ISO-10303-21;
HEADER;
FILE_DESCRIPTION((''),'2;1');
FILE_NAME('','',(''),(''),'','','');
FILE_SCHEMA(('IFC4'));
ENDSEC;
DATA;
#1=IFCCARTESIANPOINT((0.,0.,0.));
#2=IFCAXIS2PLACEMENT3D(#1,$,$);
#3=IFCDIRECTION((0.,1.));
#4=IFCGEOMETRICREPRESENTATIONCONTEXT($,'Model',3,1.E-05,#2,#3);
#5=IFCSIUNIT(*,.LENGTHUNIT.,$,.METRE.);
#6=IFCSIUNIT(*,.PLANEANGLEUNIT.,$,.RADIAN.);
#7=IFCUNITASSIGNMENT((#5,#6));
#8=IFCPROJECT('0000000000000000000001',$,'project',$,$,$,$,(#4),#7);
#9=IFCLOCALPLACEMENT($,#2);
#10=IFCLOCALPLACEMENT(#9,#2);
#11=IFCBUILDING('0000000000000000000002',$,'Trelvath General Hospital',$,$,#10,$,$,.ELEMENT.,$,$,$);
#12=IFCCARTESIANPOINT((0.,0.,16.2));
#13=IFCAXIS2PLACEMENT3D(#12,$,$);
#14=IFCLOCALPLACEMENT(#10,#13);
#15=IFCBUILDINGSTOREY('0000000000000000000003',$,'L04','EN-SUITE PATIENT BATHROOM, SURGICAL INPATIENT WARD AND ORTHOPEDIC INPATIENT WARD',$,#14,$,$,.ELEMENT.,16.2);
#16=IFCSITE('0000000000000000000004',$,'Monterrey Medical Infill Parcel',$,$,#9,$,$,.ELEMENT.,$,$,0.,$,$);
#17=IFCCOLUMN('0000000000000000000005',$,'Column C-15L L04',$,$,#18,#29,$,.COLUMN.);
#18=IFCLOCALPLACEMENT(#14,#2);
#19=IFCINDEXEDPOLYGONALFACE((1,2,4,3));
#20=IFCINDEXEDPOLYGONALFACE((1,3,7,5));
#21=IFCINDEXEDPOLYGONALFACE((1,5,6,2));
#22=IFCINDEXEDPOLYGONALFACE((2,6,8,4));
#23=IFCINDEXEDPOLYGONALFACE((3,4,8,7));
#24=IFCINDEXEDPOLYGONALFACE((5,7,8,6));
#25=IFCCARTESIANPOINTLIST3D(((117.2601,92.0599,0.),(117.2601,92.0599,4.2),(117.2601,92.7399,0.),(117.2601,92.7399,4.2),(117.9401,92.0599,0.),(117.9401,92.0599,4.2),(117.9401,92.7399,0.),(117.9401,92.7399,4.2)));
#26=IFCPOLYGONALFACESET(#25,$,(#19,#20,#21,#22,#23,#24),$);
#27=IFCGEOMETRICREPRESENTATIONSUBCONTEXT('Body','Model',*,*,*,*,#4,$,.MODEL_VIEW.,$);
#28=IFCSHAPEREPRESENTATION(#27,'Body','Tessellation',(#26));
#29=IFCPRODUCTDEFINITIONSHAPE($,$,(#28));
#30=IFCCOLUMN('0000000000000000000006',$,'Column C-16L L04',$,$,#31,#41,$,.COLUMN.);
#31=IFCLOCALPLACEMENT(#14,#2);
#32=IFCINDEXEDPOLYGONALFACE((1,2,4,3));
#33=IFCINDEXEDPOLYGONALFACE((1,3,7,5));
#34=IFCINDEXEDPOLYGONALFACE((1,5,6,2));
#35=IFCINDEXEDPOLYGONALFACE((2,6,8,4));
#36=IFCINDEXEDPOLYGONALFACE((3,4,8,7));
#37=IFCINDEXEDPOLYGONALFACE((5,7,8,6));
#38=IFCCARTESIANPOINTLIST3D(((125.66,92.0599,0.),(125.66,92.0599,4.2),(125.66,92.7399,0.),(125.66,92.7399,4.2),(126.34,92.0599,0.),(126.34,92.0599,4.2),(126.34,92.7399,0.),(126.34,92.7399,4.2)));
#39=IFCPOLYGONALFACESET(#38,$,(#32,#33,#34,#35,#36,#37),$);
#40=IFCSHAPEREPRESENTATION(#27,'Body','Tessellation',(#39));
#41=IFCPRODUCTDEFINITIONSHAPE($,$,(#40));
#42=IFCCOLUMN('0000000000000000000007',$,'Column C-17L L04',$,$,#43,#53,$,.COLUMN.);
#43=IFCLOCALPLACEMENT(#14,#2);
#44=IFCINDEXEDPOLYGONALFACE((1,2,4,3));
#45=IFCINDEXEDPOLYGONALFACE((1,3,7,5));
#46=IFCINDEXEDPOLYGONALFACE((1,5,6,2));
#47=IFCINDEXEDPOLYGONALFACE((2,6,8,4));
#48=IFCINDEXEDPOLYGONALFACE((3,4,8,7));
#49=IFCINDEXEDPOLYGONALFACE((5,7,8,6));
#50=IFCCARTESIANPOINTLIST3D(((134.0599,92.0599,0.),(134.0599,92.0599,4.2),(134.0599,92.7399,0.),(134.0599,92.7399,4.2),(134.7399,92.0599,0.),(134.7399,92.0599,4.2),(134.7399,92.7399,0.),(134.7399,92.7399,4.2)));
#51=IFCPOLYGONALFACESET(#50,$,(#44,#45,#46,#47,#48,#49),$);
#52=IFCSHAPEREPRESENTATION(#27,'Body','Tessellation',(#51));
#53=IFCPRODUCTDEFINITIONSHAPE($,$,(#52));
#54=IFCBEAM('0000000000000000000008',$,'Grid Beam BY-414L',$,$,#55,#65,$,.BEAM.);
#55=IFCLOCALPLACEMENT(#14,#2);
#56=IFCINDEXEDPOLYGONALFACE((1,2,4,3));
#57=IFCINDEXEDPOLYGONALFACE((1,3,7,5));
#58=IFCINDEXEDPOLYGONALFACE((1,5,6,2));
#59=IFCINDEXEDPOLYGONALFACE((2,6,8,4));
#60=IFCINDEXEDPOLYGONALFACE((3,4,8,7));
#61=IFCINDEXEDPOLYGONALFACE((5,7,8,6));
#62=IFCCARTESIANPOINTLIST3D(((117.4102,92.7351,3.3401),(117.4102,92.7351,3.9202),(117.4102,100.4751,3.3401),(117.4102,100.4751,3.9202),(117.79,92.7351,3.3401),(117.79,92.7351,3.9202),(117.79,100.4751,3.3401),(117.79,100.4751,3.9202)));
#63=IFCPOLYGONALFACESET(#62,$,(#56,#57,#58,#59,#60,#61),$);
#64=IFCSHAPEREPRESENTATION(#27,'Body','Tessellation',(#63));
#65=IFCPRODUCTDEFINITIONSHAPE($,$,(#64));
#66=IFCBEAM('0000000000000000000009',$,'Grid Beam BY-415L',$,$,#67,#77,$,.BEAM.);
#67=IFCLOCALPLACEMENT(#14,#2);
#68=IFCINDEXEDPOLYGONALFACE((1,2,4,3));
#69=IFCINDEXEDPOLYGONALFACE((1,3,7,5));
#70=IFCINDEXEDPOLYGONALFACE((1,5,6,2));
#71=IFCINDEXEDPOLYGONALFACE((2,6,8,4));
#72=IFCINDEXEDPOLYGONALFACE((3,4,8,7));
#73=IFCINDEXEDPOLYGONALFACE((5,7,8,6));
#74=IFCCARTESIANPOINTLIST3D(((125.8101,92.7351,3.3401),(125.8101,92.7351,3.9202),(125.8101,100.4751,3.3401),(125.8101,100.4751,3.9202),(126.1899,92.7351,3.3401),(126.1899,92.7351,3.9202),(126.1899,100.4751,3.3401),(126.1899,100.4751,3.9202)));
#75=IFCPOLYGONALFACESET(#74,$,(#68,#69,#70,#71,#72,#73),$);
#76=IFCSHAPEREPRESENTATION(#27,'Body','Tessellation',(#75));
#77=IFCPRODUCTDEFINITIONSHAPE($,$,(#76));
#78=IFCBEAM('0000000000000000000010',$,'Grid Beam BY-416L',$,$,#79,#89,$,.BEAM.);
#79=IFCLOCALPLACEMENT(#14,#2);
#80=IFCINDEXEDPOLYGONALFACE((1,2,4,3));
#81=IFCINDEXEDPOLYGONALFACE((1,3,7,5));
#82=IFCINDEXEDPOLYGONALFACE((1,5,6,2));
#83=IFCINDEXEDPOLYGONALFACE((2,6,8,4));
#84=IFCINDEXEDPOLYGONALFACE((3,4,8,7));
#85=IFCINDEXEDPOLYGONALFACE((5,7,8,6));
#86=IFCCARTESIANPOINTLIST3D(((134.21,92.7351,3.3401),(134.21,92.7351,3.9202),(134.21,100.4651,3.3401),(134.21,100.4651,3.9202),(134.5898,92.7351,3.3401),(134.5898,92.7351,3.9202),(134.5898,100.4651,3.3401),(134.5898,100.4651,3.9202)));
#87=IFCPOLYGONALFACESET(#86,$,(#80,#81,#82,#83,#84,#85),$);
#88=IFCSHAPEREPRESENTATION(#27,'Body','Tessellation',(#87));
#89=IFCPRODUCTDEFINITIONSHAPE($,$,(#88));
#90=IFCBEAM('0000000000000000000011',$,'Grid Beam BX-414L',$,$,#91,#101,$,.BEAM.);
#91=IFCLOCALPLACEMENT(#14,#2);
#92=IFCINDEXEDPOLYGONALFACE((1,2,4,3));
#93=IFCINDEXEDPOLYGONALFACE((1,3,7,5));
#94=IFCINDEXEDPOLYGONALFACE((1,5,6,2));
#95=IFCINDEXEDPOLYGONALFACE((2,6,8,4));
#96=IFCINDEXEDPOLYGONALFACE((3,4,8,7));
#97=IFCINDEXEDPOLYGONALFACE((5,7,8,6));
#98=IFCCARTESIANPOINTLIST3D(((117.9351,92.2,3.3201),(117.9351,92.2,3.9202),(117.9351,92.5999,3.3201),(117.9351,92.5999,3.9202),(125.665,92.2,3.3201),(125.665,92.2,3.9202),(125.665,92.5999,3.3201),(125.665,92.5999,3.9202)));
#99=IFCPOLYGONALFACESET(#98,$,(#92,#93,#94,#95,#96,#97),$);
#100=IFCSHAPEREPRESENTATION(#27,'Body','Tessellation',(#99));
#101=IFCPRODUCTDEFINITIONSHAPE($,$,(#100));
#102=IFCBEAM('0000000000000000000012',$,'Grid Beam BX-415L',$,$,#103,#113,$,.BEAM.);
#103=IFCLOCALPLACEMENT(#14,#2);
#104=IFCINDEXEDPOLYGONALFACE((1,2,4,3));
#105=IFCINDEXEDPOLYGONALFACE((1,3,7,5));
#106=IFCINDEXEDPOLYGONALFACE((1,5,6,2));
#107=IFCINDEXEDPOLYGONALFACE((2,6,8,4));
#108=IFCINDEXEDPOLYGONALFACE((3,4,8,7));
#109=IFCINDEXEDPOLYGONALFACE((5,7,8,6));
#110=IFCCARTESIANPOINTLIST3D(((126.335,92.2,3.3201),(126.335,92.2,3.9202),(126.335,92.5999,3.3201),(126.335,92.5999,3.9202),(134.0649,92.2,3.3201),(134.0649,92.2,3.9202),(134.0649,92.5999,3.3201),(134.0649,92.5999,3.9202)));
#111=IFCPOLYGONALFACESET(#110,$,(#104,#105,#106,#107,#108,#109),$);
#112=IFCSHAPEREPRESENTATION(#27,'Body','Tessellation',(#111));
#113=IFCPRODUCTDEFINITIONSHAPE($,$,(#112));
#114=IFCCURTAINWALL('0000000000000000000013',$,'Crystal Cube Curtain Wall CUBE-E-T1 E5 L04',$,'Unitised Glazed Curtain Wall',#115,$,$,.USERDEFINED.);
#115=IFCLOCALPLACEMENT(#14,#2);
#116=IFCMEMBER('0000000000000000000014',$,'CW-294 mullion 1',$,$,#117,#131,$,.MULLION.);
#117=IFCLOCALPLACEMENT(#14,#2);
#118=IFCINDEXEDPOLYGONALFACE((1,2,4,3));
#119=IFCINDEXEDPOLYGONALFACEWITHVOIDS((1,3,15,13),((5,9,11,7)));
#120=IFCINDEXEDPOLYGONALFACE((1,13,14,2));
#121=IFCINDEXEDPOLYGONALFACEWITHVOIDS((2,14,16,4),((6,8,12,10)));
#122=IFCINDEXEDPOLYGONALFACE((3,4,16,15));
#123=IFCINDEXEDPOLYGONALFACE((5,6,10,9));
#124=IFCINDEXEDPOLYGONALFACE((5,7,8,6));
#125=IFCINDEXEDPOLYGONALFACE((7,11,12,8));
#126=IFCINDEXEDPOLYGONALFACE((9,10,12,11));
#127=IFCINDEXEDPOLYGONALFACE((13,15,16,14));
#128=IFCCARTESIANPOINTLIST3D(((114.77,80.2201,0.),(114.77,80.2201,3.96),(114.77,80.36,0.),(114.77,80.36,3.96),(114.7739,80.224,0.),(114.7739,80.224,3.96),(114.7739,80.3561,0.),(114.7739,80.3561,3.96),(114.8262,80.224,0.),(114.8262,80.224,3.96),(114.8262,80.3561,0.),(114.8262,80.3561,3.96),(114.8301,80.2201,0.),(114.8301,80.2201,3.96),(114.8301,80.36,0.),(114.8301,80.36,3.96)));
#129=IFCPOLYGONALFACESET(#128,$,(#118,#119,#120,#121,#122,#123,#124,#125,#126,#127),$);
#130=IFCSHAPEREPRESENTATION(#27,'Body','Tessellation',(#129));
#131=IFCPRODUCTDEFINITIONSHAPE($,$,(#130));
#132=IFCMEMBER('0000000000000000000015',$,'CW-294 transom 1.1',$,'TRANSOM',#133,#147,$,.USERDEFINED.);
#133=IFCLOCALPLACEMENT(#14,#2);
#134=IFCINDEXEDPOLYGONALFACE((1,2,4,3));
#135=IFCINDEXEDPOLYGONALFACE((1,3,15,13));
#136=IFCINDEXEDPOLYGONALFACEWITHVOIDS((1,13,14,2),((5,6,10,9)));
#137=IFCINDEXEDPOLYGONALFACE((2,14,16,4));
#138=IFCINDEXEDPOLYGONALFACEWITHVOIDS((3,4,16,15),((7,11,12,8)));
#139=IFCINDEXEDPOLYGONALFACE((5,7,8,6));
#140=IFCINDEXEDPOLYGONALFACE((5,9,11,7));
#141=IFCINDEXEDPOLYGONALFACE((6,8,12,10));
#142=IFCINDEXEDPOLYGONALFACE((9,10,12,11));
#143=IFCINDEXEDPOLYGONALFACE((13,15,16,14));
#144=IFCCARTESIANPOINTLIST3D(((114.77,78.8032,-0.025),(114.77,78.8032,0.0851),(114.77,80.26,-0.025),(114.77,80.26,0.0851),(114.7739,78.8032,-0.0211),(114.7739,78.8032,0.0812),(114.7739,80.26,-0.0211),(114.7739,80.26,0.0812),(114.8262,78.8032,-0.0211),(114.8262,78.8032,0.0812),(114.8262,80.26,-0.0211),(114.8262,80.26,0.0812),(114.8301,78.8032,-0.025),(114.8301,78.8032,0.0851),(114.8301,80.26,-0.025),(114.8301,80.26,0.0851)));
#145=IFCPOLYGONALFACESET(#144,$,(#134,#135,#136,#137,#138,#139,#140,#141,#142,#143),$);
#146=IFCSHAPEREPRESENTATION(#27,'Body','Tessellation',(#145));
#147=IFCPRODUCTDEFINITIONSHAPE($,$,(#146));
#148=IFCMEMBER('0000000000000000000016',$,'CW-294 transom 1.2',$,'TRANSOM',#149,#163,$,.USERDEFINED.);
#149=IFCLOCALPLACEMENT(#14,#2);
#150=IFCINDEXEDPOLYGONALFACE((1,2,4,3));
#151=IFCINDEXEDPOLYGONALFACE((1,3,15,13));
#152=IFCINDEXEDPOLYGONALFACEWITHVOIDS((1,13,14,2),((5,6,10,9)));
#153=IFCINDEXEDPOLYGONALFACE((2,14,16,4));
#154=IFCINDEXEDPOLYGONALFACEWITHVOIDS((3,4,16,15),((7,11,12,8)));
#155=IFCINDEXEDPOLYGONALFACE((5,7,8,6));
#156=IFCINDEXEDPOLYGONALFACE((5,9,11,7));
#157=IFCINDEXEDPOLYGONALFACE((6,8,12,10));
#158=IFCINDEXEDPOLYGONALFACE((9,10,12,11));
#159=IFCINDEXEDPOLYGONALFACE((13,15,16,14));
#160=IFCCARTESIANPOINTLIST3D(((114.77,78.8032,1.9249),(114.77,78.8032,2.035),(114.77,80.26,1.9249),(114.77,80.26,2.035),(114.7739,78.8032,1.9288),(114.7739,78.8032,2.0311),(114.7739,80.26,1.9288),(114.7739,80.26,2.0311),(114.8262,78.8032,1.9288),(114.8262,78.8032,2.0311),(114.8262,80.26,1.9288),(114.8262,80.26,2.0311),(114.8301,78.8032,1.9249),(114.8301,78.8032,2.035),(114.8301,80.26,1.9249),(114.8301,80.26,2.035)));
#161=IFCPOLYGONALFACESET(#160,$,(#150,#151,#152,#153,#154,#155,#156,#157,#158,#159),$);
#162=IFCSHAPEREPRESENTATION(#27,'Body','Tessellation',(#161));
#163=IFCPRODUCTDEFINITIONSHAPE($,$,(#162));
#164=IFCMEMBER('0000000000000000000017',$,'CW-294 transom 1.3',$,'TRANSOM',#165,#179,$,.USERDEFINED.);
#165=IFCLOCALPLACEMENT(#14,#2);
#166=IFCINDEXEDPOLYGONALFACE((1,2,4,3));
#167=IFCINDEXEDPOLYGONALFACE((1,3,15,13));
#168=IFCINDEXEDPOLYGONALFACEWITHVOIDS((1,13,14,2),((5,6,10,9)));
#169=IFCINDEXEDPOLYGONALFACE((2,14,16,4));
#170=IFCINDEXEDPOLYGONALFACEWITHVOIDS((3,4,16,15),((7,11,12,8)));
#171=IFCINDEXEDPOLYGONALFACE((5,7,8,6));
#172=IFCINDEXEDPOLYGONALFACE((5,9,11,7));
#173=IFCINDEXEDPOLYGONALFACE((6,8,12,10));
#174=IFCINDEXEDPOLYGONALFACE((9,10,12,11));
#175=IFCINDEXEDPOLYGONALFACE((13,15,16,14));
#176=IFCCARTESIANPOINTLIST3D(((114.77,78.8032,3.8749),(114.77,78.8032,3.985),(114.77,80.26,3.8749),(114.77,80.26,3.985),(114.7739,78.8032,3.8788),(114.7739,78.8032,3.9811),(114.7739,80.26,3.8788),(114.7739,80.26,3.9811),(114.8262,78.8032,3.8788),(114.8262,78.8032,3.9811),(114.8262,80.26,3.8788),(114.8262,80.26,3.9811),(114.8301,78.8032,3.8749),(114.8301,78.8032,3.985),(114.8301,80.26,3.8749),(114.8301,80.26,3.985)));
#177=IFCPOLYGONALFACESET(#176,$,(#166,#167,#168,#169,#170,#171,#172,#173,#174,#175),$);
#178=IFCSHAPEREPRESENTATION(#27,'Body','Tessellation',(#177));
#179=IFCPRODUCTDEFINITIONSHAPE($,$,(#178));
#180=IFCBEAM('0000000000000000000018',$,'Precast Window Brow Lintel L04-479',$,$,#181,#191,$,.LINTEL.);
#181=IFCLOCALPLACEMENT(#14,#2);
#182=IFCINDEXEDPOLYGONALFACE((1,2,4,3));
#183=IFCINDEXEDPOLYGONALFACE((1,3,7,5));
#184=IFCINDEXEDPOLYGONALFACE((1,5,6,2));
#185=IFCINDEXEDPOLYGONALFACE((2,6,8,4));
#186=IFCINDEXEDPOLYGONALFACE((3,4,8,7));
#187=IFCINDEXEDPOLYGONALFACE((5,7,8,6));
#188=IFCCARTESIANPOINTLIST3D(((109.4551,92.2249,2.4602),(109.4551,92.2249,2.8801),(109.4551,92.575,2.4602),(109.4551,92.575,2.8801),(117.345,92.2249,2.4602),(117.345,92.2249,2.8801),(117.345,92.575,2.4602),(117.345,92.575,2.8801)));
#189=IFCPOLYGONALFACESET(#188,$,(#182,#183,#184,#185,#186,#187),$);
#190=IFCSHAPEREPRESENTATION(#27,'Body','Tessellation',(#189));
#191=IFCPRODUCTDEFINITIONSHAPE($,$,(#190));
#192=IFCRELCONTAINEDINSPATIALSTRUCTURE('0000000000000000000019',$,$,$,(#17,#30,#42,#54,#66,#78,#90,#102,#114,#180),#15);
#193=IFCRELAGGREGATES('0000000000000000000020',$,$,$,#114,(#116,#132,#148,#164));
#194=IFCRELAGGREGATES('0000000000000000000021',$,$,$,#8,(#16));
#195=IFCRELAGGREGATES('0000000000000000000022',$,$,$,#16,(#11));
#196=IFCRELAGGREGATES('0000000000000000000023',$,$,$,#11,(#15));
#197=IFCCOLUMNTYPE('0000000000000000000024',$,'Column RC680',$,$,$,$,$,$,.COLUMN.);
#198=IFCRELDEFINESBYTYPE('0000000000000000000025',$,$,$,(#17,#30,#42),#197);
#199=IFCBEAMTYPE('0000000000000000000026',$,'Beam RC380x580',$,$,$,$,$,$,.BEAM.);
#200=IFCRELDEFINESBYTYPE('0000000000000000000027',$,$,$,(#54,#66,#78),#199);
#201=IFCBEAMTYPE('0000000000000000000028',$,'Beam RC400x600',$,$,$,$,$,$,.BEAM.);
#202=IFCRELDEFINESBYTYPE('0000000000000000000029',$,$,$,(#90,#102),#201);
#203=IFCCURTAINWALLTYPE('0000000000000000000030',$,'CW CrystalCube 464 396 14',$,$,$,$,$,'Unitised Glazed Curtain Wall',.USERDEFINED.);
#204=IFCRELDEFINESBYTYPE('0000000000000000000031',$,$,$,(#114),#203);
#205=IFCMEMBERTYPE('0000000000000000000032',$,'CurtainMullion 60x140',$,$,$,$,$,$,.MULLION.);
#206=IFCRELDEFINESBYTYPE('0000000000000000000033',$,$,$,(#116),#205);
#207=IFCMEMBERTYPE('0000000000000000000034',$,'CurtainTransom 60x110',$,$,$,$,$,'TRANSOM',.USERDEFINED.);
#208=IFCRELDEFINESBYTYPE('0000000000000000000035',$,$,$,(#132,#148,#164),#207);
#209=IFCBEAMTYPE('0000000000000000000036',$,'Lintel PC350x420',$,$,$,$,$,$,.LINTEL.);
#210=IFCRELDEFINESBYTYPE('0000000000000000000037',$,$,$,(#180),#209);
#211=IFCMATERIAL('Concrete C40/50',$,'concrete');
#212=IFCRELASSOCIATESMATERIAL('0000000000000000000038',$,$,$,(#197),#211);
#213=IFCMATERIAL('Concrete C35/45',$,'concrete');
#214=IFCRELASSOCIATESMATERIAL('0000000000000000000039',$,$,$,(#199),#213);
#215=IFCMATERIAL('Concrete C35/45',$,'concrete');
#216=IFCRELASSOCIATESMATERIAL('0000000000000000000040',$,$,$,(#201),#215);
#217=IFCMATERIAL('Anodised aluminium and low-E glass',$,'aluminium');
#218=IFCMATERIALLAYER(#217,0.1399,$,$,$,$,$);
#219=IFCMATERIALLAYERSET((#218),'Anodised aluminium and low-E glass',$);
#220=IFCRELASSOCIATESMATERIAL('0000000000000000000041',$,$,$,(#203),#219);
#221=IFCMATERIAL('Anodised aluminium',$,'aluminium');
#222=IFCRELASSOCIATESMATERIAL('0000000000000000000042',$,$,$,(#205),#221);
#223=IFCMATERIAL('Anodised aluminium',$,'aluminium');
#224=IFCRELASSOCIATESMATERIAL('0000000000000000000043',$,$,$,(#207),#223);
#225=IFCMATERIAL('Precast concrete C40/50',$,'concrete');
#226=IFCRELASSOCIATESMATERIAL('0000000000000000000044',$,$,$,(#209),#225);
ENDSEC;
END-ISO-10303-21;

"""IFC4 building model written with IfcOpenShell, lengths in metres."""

from ifc_helpers import new_model, si_unit, direction, frame, origin, origin_2d, place, context, subcontext, project, spatial, rectangle, hollow_rectangle, extrude, material, layer, layer_set, material_profile, profile_set, type_object, element, aggregate, save


model = new_model("IFC4")

# Units and contexts
model_context = context("Model", 3, precision=1e-05, world=origin(), true_north=direction((0.0, 1.0)))
body_context = subcontext(model_context, "Body", "Model", "MODEL_VIEW")
ifc_project = project(units=[si_unit("LENGTHUNIT", "METRE"), si_unit("PLANEANGLEUNIT", "RADIAN")], contexts=[model_context])

# Site, building, storey
site_placement = place(None, origin())
site = spatial("IfcSite", under=ifc_project, at=site_placement, Name="Monterrey Medical Infill Parcel", CompositionType="ELEMENT", RefElevation=0.0)
building_placement = place(site_placement, origin())
building = spatial("IfcBuilding", under=site, at=building_placement, Name="Trelvath General Hospital", CompositionType="ELEMENT")
storey_placement = place(building_placement, frame((0.0, 0.0, 16.2)))
storey = spatial("IfcBuildingStorey", under=building, at=storey_placement, Name="L04", Description="EN-SUITE PATIENT BATHROOM, SURGICAL INPATIENT WARD AND ORTHOPEDIC INPATIENT WARD", CompositionType="ELEMENT", Elevation=16.2)

# Columns
ifc_material_1 = material(Name="Concrete C40/50", Category="concrete")
ifc_material_profile_1 = material_profile(ifc_material_1, rectangle(XDim=0.6799, YDim=0.6799, at=origin_2d()), Name="RC680x680")
ifc_profile_set_1 = profile_set([ifc_material_profile_1], Name="Concrete C40/50")
column_type = type_object("IfcColumnType", Name="Column RC680", PredefinedType="COLUMN", material=ifc_profile_set_1)
for number, where, z_axis, x_axis, name in (
    (1, (117.6001, 92.3999, 0.0), (0.0, 0.0, 1.0), (1.0, 0.0, 0.0), "Column C-15L L04"),
    (2, (126.0, 92.3999, 0.0), (0.0, 0.0, 1.0), (1.0, 0.0, 0.0), "Column C-16L L04"),
    (3, (134.3999, 92.3999, 0.0), (0.0, 0.0, 1.0), (1.0, 0.0, 0.0), "Column C-17L L04"),
):
    element("IfcColumn", number, at=place(storey_placement, frame(where, z_axis=z_axis, x_axis=x_axis)), inside=storey, type_object=column_type, Name=name, PredefinedType="COLUMN", context=body_context, shape_type="SweptSolid", body=[
        extrude(rectangle(XDim=0.6799, YDim=0.6799, at=origin_2d()), origin(), (0.0, 0.0, 1.0), 4.2),
    ])

# Beams
ifc_material_2 = material(Name="Concrete C35/45", Category="concrete")
ifc_material_profile_2 = material_profile(ifc_material_2, rectangle(XDim=0.3799, YDim=0.5801, at=origin_2d()), Name="RCB380x580")
ifc_profile_set_2 = profile_set([ifc_material_profile_2], Name="Concrete C35/45")
beam_type_1 = type_object("IfcBeamType", Name="Beam RC380x580", PredefinedType="BEAM", material=ifc_profile_set_2)
for number, where, z_axis, x_axis, name in (
    (4, (117.6001, 92.7351, 3.6301), (0.0, 1.0, 0.0), (-1.0, 0.0, 0.0), "Grid Beam BY-414L"),
    (5, (126.0, 92.7351, 3.6301), (0.0, 1.0, 0.0), (-1.0, 0.0, 0.0), "Grid Beam BY-415L"),
):
    element("IfcBeam", number, at=place(storey_placement, frame(where, z_axis=z_axis, x_axis=x_axis)), inside=storey, type_object=beam_type_1, Name=name, PredefinedType="BEAM", context=body_context, shape_type="SweptSolid", body=[
        extrude(rectangle(XDim=0.3799, YDim=0.5801, at=origin_2d()), origin(), (0.0, 0.0, 1.0), 7.74),
    ])
beam_1_placement = place(storey_placement, frame((134.3999, 92.7351, 3.6301), z_axis=(0.0, 1.0, 0.0), x_axis=(-1.0, 0.0, 0.0)))
element("IfcBeam", 6, at=beam_1_placement, inside=storey, type_object=beam_type_1, Name="Grid Beam BY-416L", PredefinedType="BEAM", context=body_context, shape_type="SweptSolid", body=[
    extrude(rectangle(XDim=0.3799, YDim=0.5801, at=origin_2d()), origin(), (0.0, 0.0, 1.0), 7.73),
])
ifc_material_3 = material(Name="Concrete C35/45", Category="concrete")
ifc_material_profile_3 = material_profile(ifc_material_3, rectangle(XDim=0.3999, YDim=0.6001, at=origin_2d()), Name="RCB400x600")
ifc_profile_set_3 = profile_set([ifc_material_profile_3], Name="Concrete C35/45")
beam_type_2 = type_object("IfcBeamType", Name="Beam RC400x600", PredefinedType="BEAM", material=ifc_profile_set_3)
for number, where, z_axis, x_axis, name in (
    (7, (117.9351, 92.3999, 3.6201), (1.0, 0.0, 0.0), (0.0, 1.0, 0.0), "Grid Beam BX-414L"),
    (8, (126.335, 92.3999, 3.6201), (1.0, 0.0, 0.0), (0.0, 1.0, 0.0), "Grid Beam BX-415L"),
):
    element("IfcBeam", number, at=place(storey_placement, frame(where, z_axis=z_axis, x_axis=x_axis)), inside=storey, type_object=beam_type_2, Name=name, PredefinedType="BEAM", context=body_context, shape_type="SweptSolid", body=[
        extrude(rectangle(XDim=0.3999, YDim=0.6001, at=origin_2d()), origin(), (0.0, 0.0, 1.0), 7.73),
    ])

# Curtain wall, members
ifc_material_4 = material(Name="Anodised aluminium and low-E glass", Category="aluminium")
ifc_layer_1 = layer(ifc_material_4, 0.1399)
ifc_layer_set_1 = layer_set([ifc_layer_1], Name="Anodised aluminium and low-E glass")
curtain_wall_type = type_object("IfcCurtainWallType", Name="CW CrystalCube 464 396 14", ElementType="Unitised Glazed Curtain Wall", PredefinedType="USERDEFINED", material=ifc_layer_set_1)
curtain_wall_placement = place(storey_placement, origin())
curtain_wall = element("IfcCurtainWall", 9, at=curtain_wall_placement, inside=storey, type_object=curtain_wall_type, Name="Crystal Cube Curtain Wall CUBE-E-T1 E5 L04", ObjectType="Unitised Glazed Curtain Wall", PredefinedType="USERDEFINED")
ifc_material_5 = material(Name="Anodised aluminium", Category="aluminium")
ifc_material_profile_4 = material_profile(ifc_material_5, hollow_rectangle(XDim=0.0601, YDim=0.1399, WallThickness=0.0039, at=origin_2d()), Name="RHS60x140x4")
ifc_profile_set_4 = profile_set([ifc_material_profile_4], Name="Anodised aluminium")
member_type_1 = type_object("IfcMemberType", Name="CurtainMullion 60x140", PredefinedType="MULLION", material=ifc_profile_set_4)
member_1_placement = place(storey_placement, frame((114.8, 80.29, 0.0), z_axis=(0.0, 0.0, 1.0), x_axis=(1.0, 0.0, 0.0)))
member_1 = element("IfcMember", 10, at=member_1_placement, type_object=member_type_1, Name="CW-294 mullion 1", PredefinedType="MULLION", context=body_context, shape_type="SweptSolid", body=[
    extrude(hollow_rectangle(XDim=0.0601, YDim=0.1399, WallThickness=0.0039, at=origin_2d()), origin(), (0.0, 0.0, 1.0), 3.96),
])
ifc_material_6 = material(Name="Anodised aluminium", Category="aluminium")
ifc_material_profile_5 = material_profile(ifc_material_6, hollow_rectangle(XDim=0.0601, YDim=0.1101, WallThickness=0.0039, at=origin_2d()), Name="RHS60x110x4")
ifc_profile_set_5 = profile_set([ifc_material_profile_5], Name="Anodised aluminium")
member_type_2 = type_object("IfcMemberType", Name="CurtainTransom 60x110", ElementType="TRANSOM", PredefinedType="USERDEFINED", material=ifc_profile_set_5)
member_2_placement = place(storey_placement, frame((114.8, 80.26, 0.03), z_axis=(0.0, -1.0, 0.0), x_axis=(1.0, 0.0, 0.0)))
member_2 = element("IfcMember", 11, at=member_2_placement, type_object=member_type_2, Name="CW-294 transom 1.1", ObjectType="TRANSOM", PredefinedType="USERDEFINED", context=body_context, shape_type="SweptSolid", body=[
    extrude(hollow_rectangle(XDim=0.0601, YDim=0.1101, WallThickness=0.0039, at=origin_2d()), origin(), (0.0, 0.0, 1.0), 1.4568),
])
member_3_placement = place(storey_placement, frame((114.8, 80.26, 1.98), z_axis=(0.0, -1.0, 0.0), x_axis=(1.0, 0.0, 0.0)))
member_3 = element("IfcMember", 12, at=member_3_placement, type_object=member_type_2, Name="CW-294 transom 1.2", ObjectType="TRANSOM", PredefinedType="USERDEFINED", context=body_context, shape_type="SweptSolid", body=[
    extrude(hollow_rectangle(XDim=0.0601, YDim=0.1101, WallThickness=0.0039, at=origin_2d()), origin(), (0.0, 0.0, 1.0), 1.4568),
])
member_4_placement = place(storey_placement, frame((114.8, 80.26, 3.9299), z_axis=(0.0, -1.0, 0.0), x_axis=(1.0, 0.0, 0.0)))
member_4 = element("IfcMember", 13, at=member_4_placement, type_object=member_type_2, Name="CW-294 transom 1.3", ObjectType="TRANSOM", PredefinedType="USERDEFINED", context=body_context, shape_type="SweptSolid", body=[
    extrude(hollow_rectangle(XDim=0.0601, YDim=0.1101, WallThickness=0.0039, at=origin_2d()), origin(), (0.0, 0.0, 1.0), 1.4568),
])
aggregate(curtain_wall, [member_1, member_2, member_3, member_4])

# Beam
ifc_material_7 = material(Name="Precast concrete C40/50", Category="concrete")
ifc_material_profile_6 = material_profile(ifc_material_7, rectangle(XDim=0.3501, YDim=0.4199, at=origin_2d()), Name="PCL350x420")
ifc_profile_set_6 = profile_set([ifc_material_profile_6], Name="Precast concrete C40/50")
beam_type_3 = type_object("IfcBeamType", Name="Lintel PC350x420", PredefinedType="LINTEL", material=ifc_profile_set_6)
beam_2_placement = place(storey_placement, frame((117.345, 92.3999, 2.6702), z_axis=(-1.0, 0.0, 0.0), x_axis=(0.0, -1.0, 0.0)))
element("IfcBeam", 14, at=beam_2_placement, inside=storey, type_object=beam_type_3, Name="Precast Window Brow Lintel L04-479", PredefinedType="LINTEL", context=body_context, shape_type="SweptSolid", body=[
    extrude(rectangle(XDim=0.3501, YDim=0.4199, at=origin_2d()), origin(), (0.0, 0.0, 1.0), 7.8899),
])

save(model, "model.ifc")
